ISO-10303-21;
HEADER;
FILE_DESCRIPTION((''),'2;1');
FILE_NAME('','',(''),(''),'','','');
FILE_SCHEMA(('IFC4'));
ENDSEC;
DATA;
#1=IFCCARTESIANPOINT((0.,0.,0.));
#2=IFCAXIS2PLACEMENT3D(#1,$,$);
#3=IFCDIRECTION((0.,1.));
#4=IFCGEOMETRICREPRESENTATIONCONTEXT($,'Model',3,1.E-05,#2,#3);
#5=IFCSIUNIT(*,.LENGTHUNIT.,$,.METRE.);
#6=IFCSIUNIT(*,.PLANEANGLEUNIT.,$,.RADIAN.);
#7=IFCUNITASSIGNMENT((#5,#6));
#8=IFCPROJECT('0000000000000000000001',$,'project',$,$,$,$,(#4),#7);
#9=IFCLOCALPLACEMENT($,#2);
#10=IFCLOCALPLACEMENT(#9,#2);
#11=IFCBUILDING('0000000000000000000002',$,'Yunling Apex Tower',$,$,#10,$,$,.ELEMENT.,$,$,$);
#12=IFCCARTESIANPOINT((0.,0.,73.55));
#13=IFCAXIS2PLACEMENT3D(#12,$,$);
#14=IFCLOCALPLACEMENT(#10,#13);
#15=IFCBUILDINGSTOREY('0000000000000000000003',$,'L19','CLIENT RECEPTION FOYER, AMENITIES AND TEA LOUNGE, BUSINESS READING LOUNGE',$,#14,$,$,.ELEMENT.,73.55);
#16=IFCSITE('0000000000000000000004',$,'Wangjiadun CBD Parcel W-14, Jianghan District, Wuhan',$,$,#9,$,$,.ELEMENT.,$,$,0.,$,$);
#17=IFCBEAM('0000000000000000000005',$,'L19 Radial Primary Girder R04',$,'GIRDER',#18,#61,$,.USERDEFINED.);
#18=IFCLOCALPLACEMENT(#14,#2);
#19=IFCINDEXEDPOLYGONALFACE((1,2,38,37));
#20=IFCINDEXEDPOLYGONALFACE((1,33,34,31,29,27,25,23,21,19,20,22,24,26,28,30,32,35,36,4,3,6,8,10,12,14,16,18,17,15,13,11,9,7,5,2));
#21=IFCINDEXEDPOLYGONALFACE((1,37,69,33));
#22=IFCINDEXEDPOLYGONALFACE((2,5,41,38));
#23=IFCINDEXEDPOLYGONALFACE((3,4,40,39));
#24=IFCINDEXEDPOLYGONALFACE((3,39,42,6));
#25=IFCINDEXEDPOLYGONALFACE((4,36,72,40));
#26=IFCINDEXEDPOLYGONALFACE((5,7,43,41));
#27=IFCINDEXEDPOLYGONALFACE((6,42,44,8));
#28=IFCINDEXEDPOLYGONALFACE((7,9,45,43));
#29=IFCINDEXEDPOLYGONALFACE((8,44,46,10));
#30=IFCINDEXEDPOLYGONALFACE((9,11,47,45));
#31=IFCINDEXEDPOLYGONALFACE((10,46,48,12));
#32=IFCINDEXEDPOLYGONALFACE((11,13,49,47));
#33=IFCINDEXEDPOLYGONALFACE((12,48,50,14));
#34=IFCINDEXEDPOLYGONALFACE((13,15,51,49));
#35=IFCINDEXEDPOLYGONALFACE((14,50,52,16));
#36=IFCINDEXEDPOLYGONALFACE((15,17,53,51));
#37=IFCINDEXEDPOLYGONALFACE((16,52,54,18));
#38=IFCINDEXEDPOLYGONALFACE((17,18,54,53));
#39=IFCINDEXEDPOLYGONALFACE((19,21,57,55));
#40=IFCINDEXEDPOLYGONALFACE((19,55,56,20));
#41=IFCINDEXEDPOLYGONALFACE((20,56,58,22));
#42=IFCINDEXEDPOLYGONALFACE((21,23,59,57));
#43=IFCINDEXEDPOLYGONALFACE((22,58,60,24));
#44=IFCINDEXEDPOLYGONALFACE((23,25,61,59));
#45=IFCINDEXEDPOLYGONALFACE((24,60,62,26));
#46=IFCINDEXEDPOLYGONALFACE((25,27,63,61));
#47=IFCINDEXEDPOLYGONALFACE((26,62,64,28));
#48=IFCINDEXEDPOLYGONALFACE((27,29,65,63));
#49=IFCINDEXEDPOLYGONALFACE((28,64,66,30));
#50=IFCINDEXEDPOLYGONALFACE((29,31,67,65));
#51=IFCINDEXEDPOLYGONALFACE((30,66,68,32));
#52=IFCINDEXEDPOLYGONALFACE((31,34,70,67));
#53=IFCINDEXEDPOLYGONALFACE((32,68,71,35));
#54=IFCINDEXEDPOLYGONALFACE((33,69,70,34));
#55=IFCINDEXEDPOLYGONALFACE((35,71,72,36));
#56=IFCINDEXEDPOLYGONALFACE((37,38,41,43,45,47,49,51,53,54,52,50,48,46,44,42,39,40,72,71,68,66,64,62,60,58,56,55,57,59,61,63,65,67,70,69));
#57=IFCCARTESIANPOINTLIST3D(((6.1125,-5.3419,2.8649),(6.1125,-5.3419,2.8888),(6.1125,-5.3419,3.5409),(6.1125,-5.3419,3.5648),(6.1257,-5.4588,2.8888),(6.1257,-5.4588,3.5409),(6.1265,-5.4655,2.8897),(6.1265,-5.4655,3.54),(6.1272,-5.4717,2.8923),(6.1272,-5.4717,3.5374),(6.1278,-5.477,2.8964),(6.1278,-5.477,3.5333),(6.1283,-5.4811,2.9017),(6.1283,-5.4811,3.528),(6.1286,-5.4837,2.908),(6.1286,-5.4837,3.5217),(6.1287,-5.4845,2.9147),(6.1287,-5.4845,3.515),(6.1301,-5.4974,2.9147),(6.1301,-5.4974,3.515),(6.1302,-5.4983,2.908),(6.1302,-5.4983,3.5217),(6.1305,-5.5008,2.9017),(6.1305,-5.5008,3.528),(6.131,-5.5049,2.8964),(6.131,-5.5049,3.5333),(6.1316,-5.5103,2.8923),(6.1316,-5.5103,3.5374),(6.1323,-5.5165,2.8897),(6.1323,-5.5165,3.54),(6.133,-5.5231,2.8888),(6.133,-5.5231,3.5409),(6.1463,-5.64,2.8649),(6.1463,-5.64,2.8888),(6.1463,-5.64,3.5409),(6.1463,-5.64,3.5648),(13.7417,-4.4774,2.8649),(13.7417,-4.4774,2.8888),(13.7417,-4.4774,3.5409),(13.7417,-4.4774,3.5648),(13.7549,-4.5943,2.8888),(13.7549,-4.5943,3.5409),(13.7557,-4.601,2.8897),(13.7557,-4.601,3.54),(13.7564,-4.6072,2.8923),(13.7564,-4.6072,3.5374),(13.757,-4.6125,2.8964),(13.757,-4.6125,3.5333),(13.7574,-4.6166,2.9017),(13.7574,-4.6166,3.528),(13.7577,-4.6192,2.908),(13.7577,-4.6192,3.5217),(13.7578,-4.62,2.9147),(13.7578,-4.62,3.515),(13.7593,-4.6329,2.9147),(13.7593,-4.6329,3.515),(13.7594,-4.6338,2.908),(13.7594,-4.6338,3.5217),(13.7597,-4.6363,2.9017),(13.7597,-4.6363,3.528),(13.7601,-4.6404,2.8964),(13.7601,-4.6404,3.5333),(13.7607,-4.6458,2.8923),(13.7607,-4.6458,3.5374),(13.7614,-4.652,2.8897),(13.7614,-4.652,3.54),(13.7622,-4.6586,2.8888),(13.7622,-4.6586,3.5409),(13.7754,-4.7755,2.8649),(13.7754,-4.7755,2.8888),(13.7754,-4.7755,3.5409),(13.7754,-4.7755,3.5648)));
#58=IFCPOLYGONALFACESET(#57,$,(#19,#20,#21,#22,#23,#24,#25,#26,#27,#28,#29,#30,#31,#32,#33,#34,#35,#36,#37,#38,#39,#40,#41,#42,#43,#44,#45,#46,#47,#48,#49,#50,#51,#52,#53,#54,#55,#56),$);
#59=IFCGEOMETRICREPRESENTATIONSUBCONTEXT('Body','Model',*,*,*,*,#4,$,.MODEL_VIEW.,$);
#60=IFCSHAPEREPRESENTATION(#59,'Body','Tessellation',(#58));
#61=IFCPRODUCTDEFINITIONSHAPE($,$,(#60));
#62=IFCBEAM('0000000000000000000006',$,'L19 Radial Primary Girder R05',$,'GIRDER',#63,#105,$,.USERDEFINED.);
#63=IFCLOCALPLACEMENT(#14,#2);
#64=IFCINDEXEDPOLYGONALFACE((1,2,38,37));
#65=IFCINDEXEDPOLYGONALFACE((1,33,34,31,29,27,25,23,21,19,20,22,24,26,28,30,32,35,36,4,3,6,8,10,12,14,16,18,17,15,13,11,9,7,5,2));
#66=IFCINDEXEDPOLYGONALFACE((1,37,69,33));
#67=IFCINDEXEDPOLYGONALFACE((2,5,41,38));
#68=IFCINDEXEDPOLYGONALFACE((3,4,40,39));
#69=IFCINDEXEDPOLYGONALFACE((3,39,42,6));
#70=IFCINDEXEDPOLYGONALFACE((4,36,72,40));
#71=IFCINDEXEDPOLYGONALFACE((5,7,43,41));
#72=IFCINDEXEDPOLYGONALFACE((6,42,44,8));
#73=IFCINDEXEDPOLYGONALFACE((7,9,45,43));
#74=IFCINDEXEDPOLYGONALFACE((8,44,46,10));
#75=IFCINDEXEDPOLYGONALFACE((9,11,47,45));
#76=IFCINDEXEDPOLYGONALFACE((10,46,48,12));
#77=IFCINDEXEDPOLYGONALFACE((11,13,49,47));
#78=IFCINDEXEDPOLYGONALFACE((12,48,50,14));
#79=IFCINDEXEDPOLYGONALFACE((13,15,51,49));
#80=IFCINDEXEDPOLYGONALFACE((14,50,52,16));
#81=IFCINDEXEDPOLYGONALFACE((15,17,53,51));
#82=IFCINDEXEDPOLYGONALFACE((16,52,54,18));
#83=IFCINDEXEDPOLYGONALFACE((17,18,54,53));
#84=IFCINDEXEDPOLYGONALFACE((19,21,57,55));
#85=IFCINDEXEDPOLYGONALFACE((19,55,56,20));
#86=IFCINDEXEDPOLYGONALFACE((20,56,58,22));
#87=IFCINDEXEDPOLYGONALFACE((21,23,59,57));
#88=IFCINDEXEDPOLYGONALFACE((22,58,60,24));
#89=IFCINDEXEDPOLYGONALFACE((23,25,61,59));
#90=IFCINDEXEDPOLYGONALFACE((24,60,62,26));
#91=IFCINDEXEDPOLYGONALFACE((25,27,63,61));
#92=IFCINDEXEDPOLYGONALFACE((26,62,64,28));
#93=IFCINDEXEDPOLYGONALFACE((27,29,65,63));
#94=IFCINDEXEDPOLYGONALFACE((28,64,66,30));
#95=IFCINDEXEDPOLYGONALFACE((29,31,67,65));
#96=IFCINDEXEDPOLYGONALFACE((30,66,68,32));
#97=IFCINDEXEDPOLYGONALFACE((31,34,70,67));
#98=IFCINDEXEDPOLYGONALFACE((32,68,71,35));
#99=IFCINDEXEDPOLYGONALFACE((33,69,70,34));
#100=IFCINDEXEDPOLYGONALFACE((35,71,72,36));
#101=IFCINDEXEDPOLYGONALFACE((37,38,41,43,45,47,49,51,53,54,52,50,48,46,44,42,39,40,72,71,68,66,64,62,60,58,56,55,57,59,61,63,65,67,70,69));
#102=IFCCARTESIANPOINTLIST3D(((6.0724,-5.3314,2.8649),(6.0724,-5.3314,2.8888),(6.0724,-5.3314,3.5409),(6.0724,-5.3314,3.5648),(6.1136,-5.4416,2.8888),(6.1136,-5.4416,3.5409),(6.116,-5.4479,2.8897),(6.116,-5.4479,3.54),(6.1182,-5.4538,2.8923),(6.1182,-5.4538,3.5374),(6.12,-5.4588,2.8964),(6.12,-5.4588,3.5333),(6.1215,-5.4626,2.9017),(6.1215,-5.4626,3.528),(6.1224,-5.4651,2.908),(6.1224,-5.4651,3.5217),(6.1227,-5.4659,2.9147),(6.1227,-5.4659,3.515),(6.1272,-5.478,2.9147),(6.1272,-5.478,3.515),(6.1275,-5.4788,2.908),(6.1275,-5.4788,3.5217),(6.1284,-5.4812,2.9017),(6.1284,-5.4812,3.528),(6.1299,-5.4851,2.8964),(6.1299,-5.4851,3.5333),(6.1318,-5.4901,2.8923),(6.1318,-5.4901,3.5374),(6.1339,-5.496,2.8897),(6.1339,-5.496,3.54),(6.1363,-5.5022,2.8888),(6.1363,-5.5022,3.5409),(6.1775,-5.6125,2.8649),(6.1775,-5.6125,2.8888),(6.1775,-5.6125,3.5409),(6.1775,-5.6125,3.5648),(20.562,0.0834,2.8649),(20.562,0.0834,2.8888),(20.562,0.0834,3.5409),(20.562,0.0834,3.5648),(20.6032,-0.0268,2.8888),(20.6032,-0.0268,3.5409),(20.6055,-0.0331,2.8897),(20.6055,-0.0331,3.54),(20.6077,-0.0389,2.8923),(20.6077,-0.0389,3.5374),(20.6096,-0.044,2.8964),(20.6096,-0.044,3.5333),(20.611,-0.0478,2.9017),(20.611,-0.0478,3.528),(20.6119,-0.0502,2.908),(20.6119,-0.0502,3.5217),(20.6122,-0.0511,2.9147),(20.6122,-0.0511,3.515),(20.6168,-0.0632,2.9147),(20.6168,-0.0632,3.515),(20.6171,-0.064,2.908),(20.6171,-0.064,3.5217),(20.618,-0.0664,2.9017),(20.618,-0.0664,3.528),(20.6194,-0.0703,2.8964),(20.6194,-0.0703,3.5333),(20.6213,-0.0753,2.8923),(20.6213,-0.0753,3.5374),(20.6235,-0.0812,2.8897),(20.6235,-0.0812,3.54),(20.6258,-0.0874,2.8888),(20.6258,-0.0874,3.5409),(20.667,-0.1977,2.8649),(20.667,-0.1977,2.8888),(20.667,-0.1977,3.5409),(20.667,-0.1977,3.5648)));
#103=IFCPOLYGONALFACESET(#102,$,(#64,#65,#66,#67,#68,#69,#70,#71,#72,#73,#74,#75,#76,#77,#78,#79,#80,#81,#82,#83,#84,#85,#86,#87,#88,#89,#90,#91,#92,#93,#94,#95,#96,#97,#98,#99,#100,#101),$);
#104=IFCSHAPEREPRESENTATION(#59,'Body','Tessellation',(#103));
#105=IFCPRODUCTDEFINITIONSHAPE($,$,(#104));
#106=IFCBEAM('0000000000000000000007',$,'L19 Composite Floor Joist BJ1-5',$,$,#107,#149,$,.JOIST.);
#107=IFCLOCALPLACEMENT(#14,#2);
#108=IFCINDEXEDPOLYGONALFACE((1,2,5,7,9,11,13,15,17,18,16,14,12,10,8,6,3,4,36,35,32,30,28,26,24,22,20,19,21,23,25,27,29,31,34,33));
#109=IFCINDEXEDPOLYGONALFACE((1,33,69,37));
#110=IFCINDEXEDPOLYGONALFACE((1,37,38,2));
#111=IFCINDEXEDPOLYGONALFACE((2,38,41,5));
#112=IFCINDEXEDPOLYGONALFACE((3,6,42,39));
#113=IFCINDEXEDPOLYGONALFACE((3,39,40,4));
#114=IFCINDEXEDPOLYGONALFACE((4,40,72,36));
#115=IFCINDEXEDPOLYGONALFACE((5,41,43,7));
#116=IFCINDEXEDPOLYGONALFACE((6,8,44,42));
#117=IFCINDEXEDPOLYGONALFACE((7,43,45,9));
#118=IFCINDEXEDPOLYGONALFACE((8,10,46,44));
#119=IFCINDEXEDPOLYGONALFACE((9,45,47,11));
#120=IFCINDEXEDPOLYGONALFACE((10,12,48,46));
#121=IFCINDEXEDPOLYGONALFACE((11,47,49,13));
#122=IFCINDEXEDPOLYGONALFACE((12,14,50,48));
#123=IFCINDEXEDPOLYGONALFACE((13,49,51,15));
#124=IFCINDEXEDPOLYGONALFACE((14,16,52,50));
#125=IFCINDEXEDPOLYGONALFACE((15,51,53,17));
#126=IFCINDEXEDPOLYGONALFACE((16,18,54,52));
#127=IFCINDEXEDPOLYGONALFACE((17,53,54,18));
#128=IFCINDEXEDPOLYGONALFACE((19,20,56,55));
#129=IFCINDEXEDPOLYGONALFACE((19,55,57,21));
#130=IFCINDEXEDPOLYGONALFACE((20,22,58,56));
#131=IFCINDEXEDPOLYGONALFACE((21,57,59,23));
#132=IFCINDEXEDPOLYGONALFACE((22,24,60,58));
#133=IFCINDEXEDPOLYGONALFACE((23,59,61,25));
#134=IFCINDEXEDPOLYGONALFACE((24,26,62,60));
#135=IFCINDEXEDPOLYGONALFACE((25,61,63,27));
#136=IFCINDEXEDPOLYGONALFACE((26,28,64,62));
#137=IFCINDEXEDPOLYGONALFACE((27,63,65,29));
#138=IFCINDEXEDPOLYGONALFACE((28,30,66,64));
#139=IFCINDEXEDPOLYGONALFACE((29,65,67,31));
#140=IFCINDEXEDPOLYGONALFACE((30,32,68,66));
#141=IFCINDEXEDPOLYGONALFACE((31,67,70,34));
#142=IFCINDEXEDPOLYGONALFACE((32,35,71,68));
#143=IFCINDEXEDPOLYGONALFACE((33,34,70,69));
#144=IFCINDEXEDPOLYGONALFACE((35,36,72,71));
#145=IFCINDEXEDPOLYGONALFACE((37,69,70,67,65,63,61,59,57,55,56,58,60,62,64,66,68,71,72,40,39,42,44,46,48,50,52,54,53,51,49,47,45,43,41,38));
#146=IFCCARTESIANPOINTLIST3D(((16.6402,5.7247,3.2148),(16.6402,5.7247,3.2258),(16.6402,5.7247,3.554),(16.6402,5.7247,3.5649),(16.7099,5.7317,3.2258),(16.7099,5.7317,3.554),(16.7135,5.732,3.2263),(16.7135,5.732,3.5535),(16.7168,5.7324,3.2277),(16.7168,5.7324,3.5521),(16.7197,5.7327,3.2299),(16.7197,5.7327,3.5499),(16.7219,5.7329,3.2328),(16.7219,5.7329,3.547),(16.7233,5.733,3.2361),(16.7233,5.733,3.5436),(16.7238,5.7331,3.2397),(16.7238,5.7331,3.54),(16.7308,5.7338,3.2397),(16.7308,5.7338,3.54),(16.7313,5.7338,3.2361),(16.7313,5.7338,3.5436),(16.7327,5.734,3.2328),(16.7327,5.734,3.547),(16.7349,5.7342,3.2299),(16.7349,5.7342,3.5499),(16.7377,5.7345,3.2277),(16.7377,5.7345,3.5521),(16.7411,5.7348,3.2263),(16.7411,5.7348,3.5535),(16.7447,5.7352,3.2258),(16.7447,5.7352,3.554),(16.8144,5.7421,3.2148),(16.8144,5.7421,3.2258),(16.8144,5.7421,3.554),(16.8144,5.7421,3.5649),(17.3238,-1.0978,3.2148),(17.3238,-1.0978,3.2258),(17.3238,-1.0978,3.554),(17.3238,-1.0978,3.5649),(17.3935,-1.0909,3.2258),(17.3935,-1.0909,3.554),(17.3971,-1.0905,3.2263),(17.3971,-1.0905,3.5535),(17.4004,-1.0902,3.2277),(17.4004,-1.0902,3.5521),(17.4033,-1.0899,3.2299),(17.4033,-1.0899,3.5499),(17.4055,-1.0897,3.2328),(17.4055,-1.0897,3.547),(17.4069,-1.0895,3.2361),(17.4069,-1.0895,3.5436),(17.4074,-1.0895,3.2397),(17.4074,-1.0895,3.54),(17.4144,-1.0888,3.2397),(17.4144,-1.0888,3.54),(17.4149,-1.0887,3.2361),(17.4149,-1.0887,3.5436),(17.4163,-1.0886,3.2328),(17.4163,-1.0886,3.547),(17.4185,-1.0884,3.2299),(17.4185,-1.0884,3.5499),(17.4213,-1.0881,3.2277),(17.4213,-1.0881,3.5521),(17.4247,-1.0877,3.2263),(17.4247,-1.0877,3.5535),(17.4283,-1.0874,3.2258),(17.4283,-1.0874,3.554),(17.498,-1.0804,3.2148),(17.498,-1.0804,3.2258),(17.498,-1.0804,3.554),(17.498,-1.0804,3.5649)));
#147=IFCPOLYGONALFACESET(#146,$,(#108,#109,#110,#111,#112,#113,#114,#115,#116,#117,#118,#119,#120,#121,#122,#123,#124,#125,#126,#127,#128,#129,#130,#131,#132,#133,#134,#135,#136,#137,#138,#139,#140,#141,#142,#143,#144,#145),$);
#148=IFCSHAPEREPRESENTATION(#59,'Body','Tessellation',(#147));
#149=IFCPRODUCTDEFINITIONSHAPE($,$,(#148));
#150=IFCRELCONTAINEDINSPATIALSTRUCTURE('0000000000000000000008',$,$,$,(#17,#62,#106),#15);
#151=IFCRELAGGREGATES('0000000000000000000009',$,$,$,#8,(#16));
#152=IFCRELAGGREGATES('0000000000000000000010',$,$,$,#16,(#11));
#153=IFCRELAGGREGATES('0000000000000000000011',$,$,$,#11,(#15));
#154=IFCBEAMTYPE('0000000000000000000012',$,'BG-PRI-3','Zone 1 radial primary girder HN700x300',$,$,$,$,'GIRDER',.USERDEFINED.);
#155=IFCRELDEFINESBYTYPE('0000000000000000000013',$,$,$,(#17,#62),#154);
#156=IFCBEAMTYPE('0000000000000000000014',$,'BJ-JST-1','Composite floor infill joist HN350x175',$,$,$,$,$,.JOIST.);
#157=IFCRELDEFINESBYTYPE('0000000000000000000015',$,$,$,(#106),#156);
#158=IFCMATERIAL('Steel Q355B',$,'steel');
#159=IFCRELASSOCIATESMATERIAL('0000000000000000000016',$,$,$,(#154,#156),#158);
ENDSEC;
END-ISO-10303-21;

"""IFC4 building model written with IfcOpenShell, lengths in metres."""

from ifc_helpers import new_model, si_unit, direction, frame, origin, origin_2d, place, context, subcontext, project, spatial, i_section, extrude, source, transform, mapped, material, material_profile, profile_set, type_object, element, save


model = new_model("IFC4")

# Units and contexts
model_context = context("Model", 3, precision=1e-05, world=origin(), true_north=direction((0.0, 1.0)))
body_context = subcontext(model_context, "Body", "Model", "MODEL_VIEW")
ifc_project = project(units=[si_unit("LENGTHUNIT", "METRE"), si_unit("PLANEANGLEUNIT", "RADIAN")], contexts=[model_context])

# Site, building, storey
site_placement = place(None, origin())
site = spatial("IfcSite", under=ifc_project, at=site_placement, Name="Wangjiadun CBD Parcel W-14, Jianghan District, Wuhan", CompositionType="ELEMENT", RefElevation=0.0)
building_placement = place(site_placement, origin())
building = spatial("IfcBuilding", under=site, at=building_placement, Name="Yunling Apex Tower", CompositionType="ELEMENT")
storey_placement = place(building_placement, frame((0.0, 0.0, 73.55)))
storey = spatial("IfcBuildingStorey", under=building, at=storey_placement, Name="L19", Description="CLIENT RECEPTION FOYER, AMENITIES AND TEA LOUNGE, BUSINESS READING LOUNGE", CompositionType="ELEMENT", Elevation=73.55)

# Beams
ifc_material_1 = material(Name="Steel Q355B", Category="steel")
ifc_material_profile_1 = material_profile(ifc_material_1, i_section(OverallWidth=0.3, OverallDepth=0.7, WebThickness=0.0129, FlangeThickness=0.0239, FilletRadius=0.0259, at=origin_2d()))
ifc_profile_set_1 = profile_set([ifc_material_profile_1], Name="Steel Q355B")
beam_type_1 = type_object("IfcBeamType", Name="BG-PRI-3", Description="Zone 1 radial primary girder HN700x300", ElementType="GIRDER", PredefinedType="USERDEFINED", material=ifc_profile_set_1)
shared_shape_1 = source(origin(), body_context, "Body", "SweptSolid", [
    extrude(i_section(OverallWidth=0.3, OverallDepth=0.7, WebThickness=0.0129, FlangeThickness=0.0239, FilletRadius=0.0259, at=origin_2d()), origin(), (0.0, 0.0, 1.0), 7.678),
])
beam_1_placement = place(storey_placement, frame((13.7585, -4.6265, 3.2148), z_axis=(-0.993641, -0.112595, 0.0), x_axis=(0.112595, -0.993641, 0.0)))
element("IfcBeam", 1, at=beam_1_placement, inside=storey, type_object=beam_type_1, Name="L19 Radial Primary Girder R04", ObjectType="GIRDER", PredefinedType="USERDEFINED", context=body_context, shape_type="MappedRepresentation", body=[
    mapped(shared_shape_1, transform((0.0, 0.0, 0.0), scale=1.0)),
])
shared_shape_2 = source(origin(), body_context, "Body", "SweptSolid", [
    extrude(i_section(OverallWidth=0.3, OverallDepth=0.7, WebThickness=0.0129, FlangeThickness=0.0239, FilletRadius=0.0259, at=origin_2d()), origin(), (0.0, 0.0, 1.0), 15.4683),
])
beam_2_placement = place(storey_placement, frame((20.6145, -0.0571, 3.2148), z_axis=(-0.936727, -0.350059, 0.0), x_axis=(0.350059, -0.936727, 0.0)))
element("IfcBeam", 2, at=beam_2_placement, inside=storey, type_object=beam_type_1, Name="L19 Radial Primary Girder R05", ObjectType="GIRDER", PredefinedType="USERDEFINED", context=body_context, shape_type="MappedRepresentation", body=[
    mapped(shared_shape_2, transform((0.0, 0.0, 0.0), scale=1.0)),
])
ifc_material_profile_2 = material_profile(ifc_material_1, i_section(OverallWidth=0.175, OverallDepth=0.3501, WebThickness=0.0071, FlangeThickness=0.011, FilletRadius=0.0139, at=origin_2d()))
ifc_profile_set_2 = profile_set([ifc_material_profile_2], Name="Steel Q355B")
beam_type_2 = type_object("IfcBeamType", Name="BJ-JST-1", Description="Composite floor infill joist HN350x175", PredefinedType="JOIST", material=ifc_profile_set_2)
shared_shape_3 = source(origin(), body_context, "Body", "SweptSolid", [
    extrude(i_section(OverallWidth=0.175, OverallDepth=0.3501, WebThickness=0.0071, FlangeThickness=0.011, FilletRadius=0.0139, at=origin_2d()), origin(), (0.0, 0.0, 1.0), 6.8567),
])
beam_3_placement = place(storey_placement, frame((17.4109, -1.0891, 3.3899), z_axis=(-0.099698, 0.995018, 0.0), x_axis=(-0.995018, -0.099698, 0.0)))
element("IfcBeam", 3, at=beam_3_placement, inside=storey, type_object=beam_type_2, Name="L19 Composite Floor Joist BJ1-5", PredefinedType="JOIST", context=body_context, shape_type="MappedRepresentation", body=[
    mapped(shared_shape_3, transform((0.0, 0.0, 0.0), scale=1.0)),
])

save(model, "model.ifc")
